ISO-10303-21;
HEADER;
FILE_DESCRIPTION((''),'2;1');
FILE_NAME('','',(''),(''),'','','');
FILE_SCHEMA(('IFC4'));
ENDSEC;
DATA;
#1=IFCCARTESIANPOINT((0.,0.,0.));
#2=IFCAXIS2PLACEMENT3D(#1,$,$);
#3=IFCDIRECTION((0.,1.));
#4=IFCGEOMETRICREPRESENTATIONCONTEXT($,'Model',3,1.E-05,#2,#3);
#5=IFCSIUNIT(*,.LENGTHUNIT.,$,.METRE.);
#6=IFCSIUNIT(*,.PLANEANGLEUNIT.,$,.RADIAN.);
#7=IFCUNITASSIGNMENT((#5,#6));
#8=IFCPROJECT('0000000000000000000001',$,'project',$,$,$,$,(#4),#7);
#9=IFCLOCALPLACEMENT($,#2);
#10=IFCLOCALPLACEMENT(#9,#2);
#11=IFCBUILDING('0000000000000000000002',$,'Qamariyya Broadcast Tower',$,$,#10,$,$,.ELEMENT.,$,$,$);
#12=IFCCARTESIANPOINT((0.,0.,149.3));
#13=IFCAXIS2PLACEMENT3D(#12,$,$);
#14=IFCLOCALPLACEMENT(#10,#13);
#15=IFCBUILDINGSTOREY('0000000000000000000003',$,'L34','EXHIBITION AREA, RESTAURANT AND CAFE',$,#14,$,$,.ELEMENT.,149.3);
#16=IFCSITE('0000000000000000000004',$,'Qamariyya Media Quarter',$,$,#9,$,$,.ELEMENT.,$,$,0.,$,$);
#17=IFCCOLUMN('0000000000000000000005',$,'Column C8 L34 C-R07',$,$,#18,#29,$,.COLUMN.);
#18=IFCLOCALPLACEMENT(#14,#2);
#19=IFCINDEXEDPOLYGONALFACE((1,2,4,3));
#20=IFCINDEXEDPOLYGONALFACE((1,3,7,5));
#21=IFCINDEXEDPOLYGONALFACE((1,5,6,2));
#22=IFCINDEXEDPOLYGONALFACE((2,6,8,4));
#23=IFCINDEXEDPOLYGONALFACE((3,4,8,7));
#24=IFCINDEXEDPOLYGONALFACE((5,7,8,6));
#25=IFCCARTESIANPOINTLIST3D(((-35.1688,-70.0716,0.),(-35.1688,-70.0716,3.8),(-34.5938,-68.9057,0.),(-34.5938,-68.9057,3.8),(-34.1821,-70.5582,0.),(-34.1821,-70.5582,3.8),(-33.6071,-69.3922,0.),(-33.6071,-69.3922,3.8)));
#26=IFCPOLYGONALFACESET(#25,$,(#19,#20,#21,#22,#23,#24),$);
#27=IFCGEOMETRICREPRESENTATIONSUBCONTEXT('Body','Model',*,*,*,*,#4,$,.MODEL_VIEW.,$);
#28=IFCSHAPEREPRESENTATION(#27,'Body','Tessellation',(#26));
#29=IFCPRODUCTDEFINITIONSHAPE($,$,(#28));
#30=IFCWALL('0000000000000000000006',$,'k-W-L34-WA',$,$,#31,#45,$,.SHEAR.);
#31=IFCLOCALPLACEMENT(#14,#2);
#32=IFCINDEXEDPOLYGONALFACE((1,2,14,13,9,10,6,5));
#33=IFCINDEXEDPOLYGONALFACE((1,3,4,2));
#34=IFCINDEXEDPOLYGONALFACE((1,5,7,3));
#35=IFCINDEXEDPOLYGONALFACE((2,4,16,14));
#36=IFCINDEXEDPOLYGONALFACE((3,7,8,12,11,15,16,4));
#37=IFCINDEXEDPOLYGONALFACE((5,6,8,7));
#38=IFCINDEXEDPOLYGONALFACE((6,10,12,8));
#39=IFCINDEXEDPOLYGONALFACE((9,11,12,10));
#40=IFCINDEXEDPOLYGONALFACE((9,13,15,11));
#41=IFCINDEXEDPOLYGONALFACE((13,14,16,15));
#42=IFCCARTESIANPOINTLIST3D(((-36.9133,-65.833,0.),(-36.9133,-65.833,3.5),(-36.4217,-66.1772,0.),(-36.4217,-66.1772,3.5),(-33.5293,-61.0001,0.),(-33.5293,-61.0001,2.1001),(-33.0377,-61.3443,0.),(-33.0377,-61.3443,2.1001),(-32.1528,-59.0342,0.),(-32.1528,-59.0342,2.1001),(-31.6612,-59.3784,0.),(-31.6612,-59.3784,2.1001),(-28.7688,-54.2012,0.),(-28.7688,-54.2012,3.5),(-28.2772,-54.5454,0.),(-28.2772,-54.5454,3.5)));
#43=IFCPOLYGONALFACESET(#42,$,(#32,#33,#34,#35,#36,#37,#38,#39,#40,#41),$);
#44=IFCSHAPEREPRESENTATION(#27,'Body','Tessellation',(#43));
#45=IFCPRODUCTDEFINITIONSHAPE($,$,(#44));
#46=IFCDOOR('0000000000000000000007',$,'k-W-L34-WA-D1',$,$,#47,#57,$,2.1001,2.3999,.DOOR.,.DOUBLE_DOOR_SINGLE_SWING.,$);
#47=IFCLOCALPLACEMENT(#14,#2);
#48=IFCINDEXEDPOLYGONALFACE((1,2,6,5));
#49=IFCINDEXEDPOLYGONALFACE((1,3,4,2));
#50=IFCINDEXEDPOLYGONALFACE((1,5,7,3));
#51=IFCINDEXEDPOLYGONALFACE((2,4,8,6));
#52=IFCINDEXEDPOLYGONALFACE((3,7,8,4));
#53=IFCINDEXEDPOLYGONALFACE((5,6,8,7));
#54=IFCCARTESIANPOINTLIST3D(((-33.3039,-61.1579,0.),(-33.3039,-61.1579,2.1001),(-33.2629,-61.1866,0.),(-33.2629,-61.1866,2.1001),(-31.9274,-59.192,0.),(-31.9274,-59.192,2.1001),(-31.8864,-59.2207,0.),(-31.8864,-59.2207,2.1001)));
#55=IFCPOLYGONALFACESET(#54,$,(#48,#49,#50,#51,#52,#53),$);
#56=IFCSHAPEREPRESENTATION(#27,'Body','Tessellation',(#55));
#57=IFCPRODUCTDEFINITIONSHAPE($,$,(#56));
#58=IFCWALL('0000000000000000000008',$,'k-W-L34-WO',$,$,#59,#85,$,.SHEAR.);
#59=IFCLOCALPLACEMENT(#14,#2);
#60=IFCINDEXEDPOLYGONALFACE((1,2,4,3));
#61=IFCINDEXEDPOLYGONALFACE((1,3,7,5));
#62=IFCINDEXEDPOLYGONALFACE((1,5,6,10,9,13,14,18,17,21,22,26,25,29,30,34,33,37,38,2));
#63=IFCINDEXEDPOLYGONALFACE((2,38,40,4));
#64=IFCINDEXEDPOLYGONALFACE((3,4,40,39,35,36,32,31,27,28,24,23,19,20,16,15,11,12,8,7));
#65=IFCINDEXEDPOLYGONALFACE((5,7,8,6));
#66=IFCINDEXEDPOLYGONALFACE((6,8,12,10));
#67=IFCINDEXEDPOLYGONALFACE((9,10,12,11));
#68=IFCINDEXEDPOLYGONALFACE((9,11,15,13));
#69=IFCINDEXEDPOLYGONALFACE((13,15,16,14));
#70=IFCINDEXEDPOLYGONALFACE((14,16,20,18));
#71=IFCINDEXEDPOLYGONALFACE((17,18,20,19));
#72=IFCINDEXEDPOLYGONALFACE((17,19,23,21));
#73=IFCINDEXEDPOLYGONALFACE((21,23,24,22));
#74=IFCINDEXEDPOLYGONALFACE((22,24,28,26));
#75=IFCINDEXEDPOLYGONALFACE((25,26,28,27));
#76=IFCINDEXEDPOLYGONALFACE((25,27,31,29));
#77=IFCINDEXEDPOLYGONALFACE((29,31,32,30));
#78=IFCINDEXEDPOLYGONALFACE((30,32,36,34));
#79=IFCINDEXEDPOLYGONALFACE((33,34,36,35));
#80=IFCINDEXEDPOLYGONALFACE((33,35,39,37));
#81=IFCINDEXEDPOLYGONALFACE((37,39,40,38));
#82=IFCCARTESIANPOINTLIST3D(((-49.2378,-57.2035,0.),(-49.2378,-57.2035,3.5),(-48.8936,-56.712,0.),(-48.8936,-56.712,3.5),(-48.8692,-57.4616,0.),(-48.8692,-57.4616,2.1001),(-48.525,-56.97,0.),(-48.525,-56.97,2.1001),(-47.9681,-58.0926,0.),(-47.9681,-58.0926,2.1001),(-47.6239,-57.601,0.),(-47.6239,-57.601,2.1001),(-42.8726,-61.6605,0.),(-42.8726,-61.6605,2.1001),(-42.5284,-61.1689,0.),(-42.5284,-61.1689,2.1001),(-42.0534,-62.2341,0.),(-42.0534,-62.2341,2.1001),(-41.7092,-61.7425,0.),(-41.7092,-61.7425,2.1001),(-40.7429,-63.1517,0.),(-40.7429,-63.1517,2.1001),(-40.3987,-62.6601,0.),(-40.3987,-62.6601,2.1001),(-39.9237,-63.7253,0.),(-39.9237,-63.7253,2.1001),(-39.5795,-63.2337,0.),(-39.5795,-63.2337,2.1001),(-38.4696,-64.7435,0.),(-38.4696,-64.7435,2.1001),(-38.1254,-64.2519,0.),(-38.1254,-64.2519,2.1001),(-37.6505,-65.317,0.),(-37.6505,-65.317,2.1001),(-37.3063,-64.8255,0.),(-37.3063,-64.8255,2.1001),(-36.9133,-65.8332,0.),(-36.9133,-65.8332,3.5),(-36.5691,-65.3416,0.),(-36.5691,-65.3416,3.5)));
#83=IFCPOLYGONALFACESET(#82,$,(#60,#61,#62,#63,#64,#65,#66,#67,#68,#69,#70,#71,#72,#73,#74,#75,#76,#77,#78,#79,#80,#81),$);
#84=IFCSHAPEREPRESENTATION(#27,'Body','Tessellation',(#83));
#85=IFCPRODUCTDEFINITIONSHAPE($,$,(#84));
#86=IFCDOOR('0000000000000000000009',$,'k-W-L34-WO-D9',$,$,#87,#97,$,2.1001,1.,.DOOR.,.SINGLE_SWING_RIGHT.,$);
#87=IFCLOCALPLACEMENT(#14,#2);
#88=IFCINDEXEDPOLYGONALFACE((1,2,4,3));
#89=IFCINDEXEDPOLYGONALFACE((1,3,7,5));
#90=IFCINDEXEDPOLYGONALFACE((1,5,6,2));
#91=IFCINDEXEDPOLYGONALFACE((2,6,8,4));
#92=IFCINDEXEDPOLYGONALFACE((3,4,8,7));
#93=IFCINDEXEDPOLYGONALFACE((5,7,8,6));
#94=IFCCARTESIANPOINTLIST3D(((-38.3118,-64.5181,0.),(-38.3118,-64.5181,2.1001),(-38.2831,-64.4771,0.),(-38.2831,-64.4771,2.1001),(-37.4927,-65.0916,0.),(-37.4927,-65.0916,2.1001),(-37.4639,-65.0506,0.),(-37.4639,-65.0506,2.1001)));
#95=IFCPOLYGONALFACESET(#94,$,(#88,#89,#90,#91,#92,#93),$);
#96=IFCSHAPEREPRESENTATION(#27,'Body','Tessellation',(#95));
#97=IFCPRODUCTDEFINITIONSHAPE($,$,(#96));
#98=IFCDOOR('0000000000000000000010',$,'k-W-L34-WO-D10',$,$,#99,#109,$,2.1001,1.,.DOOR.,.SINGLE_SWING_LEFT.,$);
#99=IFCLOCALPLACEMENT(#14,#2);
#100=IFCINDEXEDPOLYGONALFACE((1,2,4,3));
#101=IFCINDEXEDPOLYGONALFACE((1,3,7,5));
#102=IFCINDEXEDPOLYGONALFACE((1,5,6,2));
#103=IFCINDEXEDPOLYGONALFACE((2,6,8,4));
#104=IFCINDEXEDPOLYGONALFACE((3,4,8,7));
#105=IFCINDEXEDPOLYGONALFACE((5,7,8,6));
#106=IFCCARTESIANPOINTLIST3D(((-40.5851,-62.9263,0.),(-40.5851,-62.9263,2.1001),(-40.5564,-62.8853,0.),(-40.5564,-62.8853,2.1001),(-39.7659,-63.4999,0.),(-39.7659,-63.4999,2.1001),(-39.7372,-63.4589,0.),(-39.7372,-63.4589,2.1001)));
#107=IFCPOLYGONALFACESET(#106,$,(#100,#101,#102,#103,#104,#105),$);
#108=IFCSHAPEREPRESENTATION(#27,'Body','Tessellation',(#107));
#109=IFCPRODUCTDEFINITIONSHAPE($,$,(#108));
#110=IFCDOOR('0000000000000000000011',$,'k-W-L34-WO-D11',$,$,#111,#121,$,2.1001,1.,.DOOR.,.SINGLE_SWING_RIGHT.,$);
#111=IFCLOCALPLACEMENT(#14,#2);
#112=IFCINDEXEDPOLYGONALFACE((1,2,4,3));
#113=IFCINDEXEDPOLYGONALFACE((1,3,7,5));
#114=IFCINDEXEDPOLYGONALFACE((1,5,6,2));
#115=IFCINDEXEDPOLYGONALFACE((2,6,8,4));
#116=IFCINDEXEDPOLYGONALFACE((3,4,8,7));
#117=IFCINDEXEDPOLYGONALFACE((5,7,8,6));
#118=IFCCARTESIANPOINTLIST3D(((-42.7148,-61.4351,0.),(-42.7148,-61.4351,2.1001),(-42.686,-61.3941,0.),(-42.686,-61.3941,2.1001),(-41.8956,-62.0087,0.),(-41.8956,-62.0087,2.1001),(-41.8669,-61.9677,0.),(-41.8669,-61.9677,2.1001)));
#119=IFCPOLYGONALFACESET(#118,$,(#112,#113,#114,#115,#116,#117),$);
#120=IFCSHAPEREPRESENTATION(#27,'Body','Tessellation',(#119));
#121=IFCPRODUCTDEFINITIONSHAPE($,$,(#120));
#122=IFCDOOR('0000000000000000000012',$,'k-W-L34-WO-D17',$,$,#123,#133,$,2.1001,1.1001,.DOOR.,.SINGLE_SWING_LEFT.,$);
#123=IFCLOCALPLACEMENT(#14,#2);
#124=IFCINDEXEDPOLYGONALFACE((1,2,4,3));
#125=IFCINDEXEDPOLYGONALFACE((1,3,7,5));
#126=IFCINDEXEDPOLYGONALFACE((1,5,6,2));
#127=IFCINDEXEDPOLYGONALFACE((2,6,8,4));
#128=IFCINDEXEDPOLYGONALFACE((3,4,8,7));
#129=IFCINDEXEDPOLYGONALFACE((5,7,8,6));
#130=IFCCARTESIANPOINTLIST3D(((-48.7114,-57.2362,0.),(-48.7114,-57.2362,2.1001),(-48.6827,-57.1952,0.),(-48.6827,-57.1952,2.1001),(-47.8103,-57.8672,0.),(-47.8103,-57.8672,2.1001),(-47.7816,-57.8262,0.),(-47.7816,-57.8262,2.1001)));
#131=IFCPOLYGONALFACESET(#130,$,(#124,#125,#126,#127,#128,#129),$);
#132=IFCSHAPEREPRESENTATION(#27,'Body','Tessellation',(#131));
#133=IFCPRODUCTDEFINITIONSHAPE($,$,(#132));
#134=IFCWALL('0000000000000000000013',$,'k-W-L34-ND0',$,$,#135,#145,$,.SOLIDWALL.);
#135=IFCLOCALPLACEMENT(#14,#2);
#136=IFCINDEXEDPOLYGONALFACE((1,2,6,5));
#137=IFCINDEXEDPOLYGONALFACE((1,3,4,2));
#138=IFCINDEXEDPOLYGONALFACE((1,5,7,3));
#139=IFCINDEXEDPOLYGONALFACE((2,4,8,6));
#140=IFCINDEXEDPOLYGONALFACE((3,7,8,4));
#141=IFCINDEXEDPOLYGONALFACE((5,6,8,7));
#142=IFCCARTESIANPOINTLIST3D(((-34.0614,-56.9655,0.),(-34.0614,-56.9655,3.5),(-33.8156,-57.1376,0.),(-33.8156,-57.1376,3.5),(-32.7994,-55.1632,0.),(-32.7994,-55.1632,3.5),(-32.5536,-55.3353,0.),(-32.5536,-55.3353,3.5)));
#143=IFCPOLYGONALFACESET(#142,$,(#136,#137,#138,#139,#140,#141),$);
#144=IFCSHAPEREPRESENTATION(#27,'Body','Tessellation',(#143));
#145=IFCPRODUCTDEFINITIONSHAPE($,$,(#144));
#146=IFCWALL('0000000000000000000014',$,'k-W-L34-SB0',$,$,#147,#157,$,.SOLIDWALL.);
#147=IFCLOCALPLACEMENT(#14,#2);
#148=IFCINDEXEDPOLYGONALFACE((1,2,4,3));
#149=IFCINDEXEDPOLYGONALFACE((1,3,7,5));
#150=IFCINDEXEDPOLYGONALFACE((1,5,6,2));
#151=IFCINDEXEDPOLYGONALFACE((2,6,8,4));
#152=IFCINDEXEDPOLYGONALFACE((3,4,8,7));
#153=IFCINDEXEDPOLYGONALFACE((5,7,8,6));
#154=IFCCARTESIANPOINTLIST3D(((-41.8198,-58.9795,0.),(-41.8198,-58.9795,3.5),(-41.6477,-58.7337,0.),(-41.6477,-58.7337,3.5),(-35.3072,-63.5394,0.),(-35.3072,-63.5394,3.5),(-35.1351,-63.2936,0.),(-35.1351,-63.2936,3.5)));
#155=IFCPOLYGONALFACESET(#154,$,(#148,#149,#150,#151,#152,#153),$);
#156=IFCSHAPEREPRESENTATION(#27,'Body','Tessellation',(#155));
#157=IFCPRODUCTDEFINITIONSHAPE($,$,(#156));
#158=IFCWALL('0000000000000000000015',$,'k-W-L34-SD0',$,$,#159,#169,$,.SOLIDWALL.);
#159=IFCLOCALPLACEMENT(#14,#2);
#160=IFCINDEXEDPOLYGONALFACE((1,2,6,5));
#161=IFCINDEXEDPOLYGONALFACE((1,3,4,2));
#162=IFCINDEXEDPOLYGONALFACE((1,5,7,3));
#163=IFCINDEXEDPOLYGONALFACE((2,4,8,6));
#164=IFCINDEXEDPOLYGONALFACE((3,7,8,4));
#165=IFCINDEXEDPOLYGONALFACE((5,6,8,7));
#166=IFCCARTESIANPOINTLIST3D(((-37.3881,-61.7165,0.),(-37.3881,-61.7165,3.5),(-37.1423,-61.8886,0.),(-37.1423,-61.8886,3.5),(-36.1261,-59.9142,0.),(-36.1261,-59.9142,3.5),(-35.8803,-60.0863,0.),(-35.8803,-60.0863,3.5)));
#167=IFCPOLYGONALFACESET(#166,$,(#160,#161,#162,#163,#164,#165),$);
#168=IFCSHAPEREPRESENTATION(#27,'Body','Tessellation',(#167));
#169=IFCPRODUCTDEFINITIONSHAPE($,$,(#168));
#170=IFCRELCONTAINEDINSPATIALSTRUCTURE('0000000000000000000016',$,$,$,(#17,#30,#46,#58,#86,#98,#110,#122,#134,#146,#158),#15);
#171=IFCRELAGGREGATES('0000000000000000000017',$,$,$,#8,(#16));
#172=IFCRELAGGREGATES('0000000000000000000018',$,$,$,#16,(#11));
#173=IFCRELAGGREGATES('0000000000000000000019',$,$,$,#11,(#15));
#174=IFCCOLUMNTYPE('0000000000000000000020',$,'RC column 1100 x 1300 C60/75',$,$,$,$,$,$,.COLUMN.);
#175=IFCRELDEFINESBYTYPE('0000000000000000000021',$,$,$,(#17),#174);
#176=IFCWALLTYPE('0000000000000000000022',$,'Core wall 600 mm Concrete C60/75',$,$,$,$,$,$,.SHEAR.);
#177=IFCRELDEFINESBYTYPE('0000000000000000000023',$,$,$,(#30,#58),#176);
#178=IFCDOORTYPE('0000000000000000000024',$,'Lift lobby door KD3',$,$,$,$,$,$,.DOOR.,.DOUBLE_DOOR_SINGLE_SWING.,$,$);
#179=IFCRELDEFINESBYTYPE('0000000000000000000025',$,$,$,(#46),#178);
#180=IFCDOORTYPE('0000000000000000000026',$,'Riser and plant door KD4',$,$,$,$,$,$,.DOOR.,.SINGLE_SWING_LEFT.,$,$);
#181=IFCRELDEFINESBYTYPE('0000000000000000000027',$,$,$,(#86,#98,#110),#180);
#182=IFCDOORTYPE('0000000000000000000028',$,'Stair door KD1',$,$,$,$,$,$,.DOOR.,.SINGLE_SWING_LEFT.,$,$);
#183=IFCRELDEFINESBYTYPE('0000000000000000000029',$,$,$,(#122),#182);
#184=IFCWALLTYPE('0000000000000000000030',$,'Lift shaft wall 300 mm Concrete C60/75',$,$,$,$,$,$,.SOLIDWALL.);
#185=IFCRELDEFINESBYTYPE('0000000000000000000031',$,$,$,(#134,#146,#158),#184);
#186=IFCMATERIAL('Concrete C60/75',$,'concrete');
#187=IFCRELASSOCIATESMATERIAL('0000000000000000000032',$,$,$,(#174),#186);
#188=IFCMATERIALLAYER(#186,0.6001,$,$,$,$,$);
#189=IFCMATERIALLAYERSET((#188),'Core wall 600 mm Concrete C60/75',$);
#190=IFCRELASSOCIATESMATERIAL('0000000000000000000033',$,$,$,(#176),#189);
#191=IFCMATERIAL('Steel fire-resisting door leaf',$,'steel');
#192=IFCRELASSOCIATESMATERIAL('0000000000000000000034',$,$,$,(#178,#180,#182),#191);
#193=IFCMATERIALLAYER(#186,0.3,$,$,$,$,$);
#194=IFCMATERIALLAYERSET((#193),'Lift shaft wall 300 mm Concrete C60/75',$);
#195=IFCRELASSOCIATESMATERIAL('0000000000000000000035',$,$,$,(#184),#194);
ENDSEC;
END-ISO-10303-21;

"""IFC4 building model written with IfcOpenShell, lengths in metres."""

from ifc_helpers import new_model, si_unit, direction, frame, frame_2d, origin, origin_2d, place, context, subcontext, project, spatial, rectangle, extrude, material, layer, layer_set, material_profile, profile_set, type_object, element, fill, save


model = new_model("IFC4")

# Units and contexts
model_context = context("Model", 3, precision=1e-05, world=origin(), true_north=direction((0.0, 1.0)))
body_context = subcontext(model_context, "Body", "Model", "MODEL_VIEW")
ifc_project = project(units=[si_unit("LENGTHUNIT", "METRE"), si_unit("PLANEANGLEUNIT", "RADIAN")], contexts=[model_context])

# Site, building, storey
site_placement = place(None, origin())
site = spatial("IfcSite", under=ifc_project, at=site_placement, Name="Qamariyya Media Quarter", CompositionType="ELEMENT", RefElevation=0.0)
building_placement = place(site_placement, origin())
building = spatial("IfcBuilding", under=site, at=building_placement, Name="Qamariyya Broadcast Tower", CompositionType="ELEMENT")
storey_placement = place(building_placement, frame((0.0, 0.0, 149.3)))
storey = spatial("IfcBuildingStorey", under=building, at=storey_placement, Name="L34", Description="EXHIBITION AREA, RESTAURANT AND CAFE", CompositionType="ELEMENT", Elevation=149.3)

# Column
ifc_material_1 = material(Name="Concrete C60/75", Category="concrete")
ifc_material_profile_1 = material_profile(ifc_material_1, rectangle(XDim=1.1001, YDim=1.3, at=origin_2d()))
ifc_profile_set_1 = profile_set([ifc_material_profile_1], Name="Concrete C60/75")
column_type = type_object("IfcColumnType", Name="RC column 1100 x 1300 C60/75", PredefinedType="COLUMN", material=ifc_profile_set_1)
column_placement = place(storey_placement, frame((-34.3879, -69.7319, 0.0), z_axis=(0.0, 0.0, 1.0), x_axis=(0.896873, -0.442289, 0.0)))
element("IfcColumn", 1, at=column_placement, inside=storey, type_object=column_type, Name="Column C8 L34 C-R07", PredefinedType="COLUMN", context=body_context, shape_type="SweptSolid", body=[
    extrude(rectangle(XDim=1.1001, YDim=1.3, at=origin_2d()), origin(), (0.0, 0.0, 1.0), 3.8),
])

# Wall, opening, door
ifc_layer_1 = layer(ifc_material_1, 0.6001)
ifc_layer_set_1 = layer_set([ifc_layer_1], Name="Core wall 600 mm Concrete C60/75")
wall_type_1 = type_object("IfcWallType", Name="Core wall 600 mm Concrete C60/75", PredefinedType="SHEAR", material=ifc_layer_set_1)
wall_1_placement = place(storey_placement, frame((-36.6675, -66.0051, 0.0), z_axis=(0.0, 0.0, 1.0), x_axis=(0.573568, 0.819158, 0.0)))
wall_1 = element("IfcWall", 2, at=wall_1_placement, inside=storey, type_object=wall_type_1, Name="k-W-L34-WA", PredefinedType="SHEAR", context=body_context, shape_type="SweptSolid", body=[
    extrude(rectangle(XDim=14.1997, YDim=0.6001, at=frame_2d((7.0999, 0.0))), origin(), (0.0, 0.0, 1.0), 3.5),
])
opening_1_placement = place(wall_1_placement, frame((5.8999, 0.0, 0.0)))
opening_1 = element("IfcOpeningElement", 3, at=opening_1_placement, cuts=wall_1, PredefinedType="OPENING", context=body_context, shape_type="SweptSolid", body=[
    extrude(rectangle(XDim=2.3999, YDim=2.1001, at=frame_2d((1.2, 1.05))), frame((0.0, 0.3101, 0.0), z_axis=(0.0, -1.0, 0.0), x_axis=(1.0, 0.0, 0.0)), (0.0, 0.0, 1.0), 0.6201),
])
ifc_material_2 = material(Name="Steel fire-resisting door leaf", Category="steel")
door_type_1 = type_object("IfcDoorType", Name="Lift lobby door KD3", OperationType="DOUBLE_DOOR_SINGLE_SWING", PredefinedType="DOOR", material=ifc_material_2)
door_1_placement = place(opening_1_placement, origin())
door_1 = element("IfcDoor", 4, at=door_1_placement, inside=storey, type_object=door_type_1, Name="k-W-L34-WA-D1", OperationType="DOUBLE_DOOR_SINGLE_SWING", OverallHeight=2.1001, OverallWidth=2.3999, PredefinedType="DOOR", context=body_context, shape_type="SweptSolid", body=[
    extrude(rectangle(XDim=2.3999, YDim=2.1001, at=frame_2d((1.2, 1.05))), frame((0.0, 0.0249, 0.0), z_axis=(0.0, -1.0, 0.0), x_axis=(1.0, 0.0, 0.0)), (0.0, 0.0, 1.0), 0.05),
])
fill(opening_1, door_1)

# Wall, openings, doors
wall_2_placement = place(storey_placement, frame((-36.7412, -65.5874, 0.0), z_axis=(0.0, 0.0, 1.0), x_axis=(-0.819153, 0.573575, 0.0)))
wall_2 = element("IfcWall", 5, at=wall_2_placement, inside=storey, type_object=wall_type_1, Name="k-W-L34-WO", PredefinedType="SHEAR", context=body_context, shape_type="SweptSolid", body=[
    extrude(rectangle(XDim=15.0454, YDim=0.6001, at=frame_2d((7.5227, 0.0))), origin(), (0.0, 0.0, 1.0), 3.5),
])
opening_2_placement = place(wall_2_placement, frame((0.8999, 0.0, 0.0)))
opening_2 = element("IfcOpeningElement", 6, at=opening_2_placement, cuts=wall_2, PredefinedType="OPENING", context=body_context, shape_type="SweptSolid", body=[
    extrude(rectangle(XDim=1.0, YDim=2.1001, at=frame_2d((0.5, 1.05))), frame((0.0, 0.3101, 0.0), z_axis=(0.0, -1.0, 0.0), x_axis=(1.0, 0.0, 0.0)), (0.0, 0.0, 1.0), 0.6201),
])
opening_3_placement = place(wall_2_placement, frame((3.675, 0.0, 0.0)))
opening_3 = element("IfcOpeningElement", 7, at=opening_3_placement, cuts=wall_2, PredefinedType="OPENING", context=body_context, shape_type="SweptSolid", body=[
    extrude(rectangle(XDim=1.0, YDim=2.1001, at=frame_2d((0.5, 1.05))), frame((0.0, 0.3101, 0.0), z_axis=(0.0, -1.0, 0.0), x_axis=(1.0, 0.0, 0.0)), (0.0, 0.0, 1.0), 0.6201),
])
opening_4_placement = place(wall_2_placement, frame((6.2749, 0.0, 0.0)))
opening_4 = element("IfcOpeningElement", 8, at=opening_4_placement, cuts=wall_2, PredefinedType="OPENING", context=body_context, shape_type="SweptSolid", body=[
    extrude(rectangle(XDim=1.0, YDim=2.1001, at=frame_2d((0.5, 1.05))), frame((0.0, 0.3101, 0.0), z_axis=(0.0, -1.0, 0.0), x_axis=(1.0, 0.0, 0.0)), (0.0, 0.0, 1.0), 0.6201),
])
opening_5_placement = place(wall_2_placement, frame((13.4954, 0.0, 0.0)))
opening_5 = element("IfcOpeningElement", 9, at=opening_5_placement, cuts=wall_2, PredefinedType="OPENING", context=body_context, shape_type="SweptSolid", body=[
    extrude(rectangle(XDim=1.1001, YDim=2.1001, at=frame_2d((0.55, 1.05))), frame((0.0, 0.3101, 0.0), z_axis=(0.0, -1.0, 0.0), x_axis=(1.0, 0.0, 0.0)), (0.0, 0.0, 1.0), 0.6201),
])
door_type_2 = type_object("IfcDoorType", Name="Riser and plant door KD4", OperationType="SINGLE_SWING_LEFT", PredefinedType="DOOR", material=ifc_material_2)
door_2_placement = place(opening_2_placement, origin())
door_2 = element("IfcDoor", 10, at=door_2_placement, inside=storey, type_object=door_type_2, Name="k-W-L34-WO-D9", OperationType="SINGLE_SWING_RIGHT", OverallHeight=2.1001, OverallWidth=1.0, PredefinedType="DOOR", context=body_context, shape_type="SweptSolid", body=[
    extrude(rectangle(XDim=1.0, YDim=2.1001, at=frame_2d((0.5, 1.05))), frame((0.0, 0.0249, 0.0), z_axis=(0.0, -1.0, 0.0), x_axis=(1.0, 0.0, 0.0)), (0.0, 0.0, 1.0), 0.05),
])
fill(opening_2, door_2)
door_3_placement = place(opening_3_placement, origin())
door_3 = element("IfcDoor", 11, at=door_3_placement, inside=storey, type_object=door_type_2, Name="k-W-L34-WO-D10", OperationType="SINGLE_SWING_LEFT", OverallHeight=2.1001, OverallWidth=1.0, PredefinedType="DOOR", context=body_context, shape_type="SweptSolid", body=[
    extrude(rectangle(XDim=1.0, YDim=2.1001, at=frame_2d((0.5, 1.05))), frame((0.0, 0.0249, 0.0), z_axis=(0.0, -1.0, 0.0), x_axis=(1.0, 0.0, 0.0)), (0.0, 0.0, 1.0), 0.05),
])
fill(opening_3, door_3)
door_4_placement = place(opening_4_placement, origin())
door_4 = element("IfcDoor", 12, at=door_4_placement, inside=storey, type_object=door_type_2, Name="k-W-L34-WO-D11", OperationType="SINGLE_SWING_RIGHT", OverallHeight=2.1001, OverallWidth=1.0, PredefinedType="DOOR", context=body_context, shape_type="SweptSolid", body=[
    extrude(rectangle(XDim=1.0, YDim=2.1001, at=frame_2d((0.5, 1.05))), frame((0.0, 0.0249, 0.0), z_axis=(0.0, -1.0, 0.0), x_axis=(1.0, 0.0, 0.0)), (0.0, 0.0, 1.0), 0.05),
])
fill(opening_4, door_4)
door_type_3 = type_object("IfcDoorType", Name="Stair door KD1", OperationType="SINGLE_SWING_LEFT", PredefinedType="DOOR", material=ifc_material_2)
door_5_placement = place(opening_5_placement, origin())
door_5 = element("IfcDoor", 13, at=door_5_placement, inside=storey, type_object=door_type_3, Name="k-W-L34-WO-D17", OperationType="SINGLE_SWING_LEFT", OverallHeight=2.1001, OverallWidth=1.1001, PredefinedType="DOOR", context=body_context, shape_type="SweptSolid", body=[
    extrude(rectangle(XDim=1.1001, YDim=2.1001, at=frame_2d((0.55, 1.05))), frame((0.0, 0.0249, 0.0), z_axis=(0.0, -1.0, 0.0), x_axis=(1.0, 0.0, 0.0)), (0.0, 0.0, 1.0), 0.05),
])
fill(opening_5, door_5)

# Walls
ifc_layer_2 = layer(ifc_material_1, 0.3)
ifc_layer_set_2 = layer_set([ifc_layer_2], Name="Lift shaft wall 300 mm Concrete C60/75")
wall_type_2 = type_object("IfcWallType", Name="Lift shaft wall 300 mm Concrete C60/75", PredefinedType="SOLIDWALL", material=ifc_layer_set_2)
wall_3_placement = place(storey_placement, frame((-33.9385, -57.0515, 0.0), z_axis=(0.0, 0.0, 1.0), x_axis=(0.573581, 0.819149, 0.0)))
element("IfcWall", 14, at=wall_3_placement, inside=storey, type_object=wall_type_2, Name="k-W-L34-ND0", PredefinedType="SOLIDWALL", context=body_context, shape_type="SweptSolid", body=[
    extrude(rectangle(XDim=2.2002, YDim=0.3, at=frame_2d((1.1001, 0.0))), origin(), (0.0, 0.0, 1.0), 3.5),
])
wall_4_placement = place(storey_placement, frame((-35.2212, -63.4165, 0.0), z_axis=(0.0, 0.0, 1.0), x_axis=(-0.819167, 0.573555, 0.0)))
element("IfcWall", 15, at=wall_4_placement, inside=storey, type_object=wall_type_2, Name="k-W-L34-SB0", PredefinedType="SOLIDWALL", context=body_context, shape_type="SweptSolid", body=[
    extrude(rectangle(XDim=7.9502, YDim=0.3, at=frame_2d((3.9751, 0.0))), origin(), (0.0, 0.0, 1.0), 3.5),
])
wall_5_placement = place(storey_placement, frame((-36.0032, -60.0002, 0.0), z_axis=(0.0, 0.0, 1.0), x_axis=(-0.573581, -0.819149, 0.0)))
element("IfcWall", 16, at=wall_5_placement, inside=storey, type_object=wall_type_2, Name="k-W-L34-SD0", PredefinedType="SOLIDWALL", context=body_context, shape_type="SweptSolid", body=[
    extrude(rectangle(XDim=2.2002, YDim=0.3, at=frame_2d((1.1001, 0.0))), origin(), (0.0, 0.0, 1.0), 3.5),
])

save(model, "model.ifc")
